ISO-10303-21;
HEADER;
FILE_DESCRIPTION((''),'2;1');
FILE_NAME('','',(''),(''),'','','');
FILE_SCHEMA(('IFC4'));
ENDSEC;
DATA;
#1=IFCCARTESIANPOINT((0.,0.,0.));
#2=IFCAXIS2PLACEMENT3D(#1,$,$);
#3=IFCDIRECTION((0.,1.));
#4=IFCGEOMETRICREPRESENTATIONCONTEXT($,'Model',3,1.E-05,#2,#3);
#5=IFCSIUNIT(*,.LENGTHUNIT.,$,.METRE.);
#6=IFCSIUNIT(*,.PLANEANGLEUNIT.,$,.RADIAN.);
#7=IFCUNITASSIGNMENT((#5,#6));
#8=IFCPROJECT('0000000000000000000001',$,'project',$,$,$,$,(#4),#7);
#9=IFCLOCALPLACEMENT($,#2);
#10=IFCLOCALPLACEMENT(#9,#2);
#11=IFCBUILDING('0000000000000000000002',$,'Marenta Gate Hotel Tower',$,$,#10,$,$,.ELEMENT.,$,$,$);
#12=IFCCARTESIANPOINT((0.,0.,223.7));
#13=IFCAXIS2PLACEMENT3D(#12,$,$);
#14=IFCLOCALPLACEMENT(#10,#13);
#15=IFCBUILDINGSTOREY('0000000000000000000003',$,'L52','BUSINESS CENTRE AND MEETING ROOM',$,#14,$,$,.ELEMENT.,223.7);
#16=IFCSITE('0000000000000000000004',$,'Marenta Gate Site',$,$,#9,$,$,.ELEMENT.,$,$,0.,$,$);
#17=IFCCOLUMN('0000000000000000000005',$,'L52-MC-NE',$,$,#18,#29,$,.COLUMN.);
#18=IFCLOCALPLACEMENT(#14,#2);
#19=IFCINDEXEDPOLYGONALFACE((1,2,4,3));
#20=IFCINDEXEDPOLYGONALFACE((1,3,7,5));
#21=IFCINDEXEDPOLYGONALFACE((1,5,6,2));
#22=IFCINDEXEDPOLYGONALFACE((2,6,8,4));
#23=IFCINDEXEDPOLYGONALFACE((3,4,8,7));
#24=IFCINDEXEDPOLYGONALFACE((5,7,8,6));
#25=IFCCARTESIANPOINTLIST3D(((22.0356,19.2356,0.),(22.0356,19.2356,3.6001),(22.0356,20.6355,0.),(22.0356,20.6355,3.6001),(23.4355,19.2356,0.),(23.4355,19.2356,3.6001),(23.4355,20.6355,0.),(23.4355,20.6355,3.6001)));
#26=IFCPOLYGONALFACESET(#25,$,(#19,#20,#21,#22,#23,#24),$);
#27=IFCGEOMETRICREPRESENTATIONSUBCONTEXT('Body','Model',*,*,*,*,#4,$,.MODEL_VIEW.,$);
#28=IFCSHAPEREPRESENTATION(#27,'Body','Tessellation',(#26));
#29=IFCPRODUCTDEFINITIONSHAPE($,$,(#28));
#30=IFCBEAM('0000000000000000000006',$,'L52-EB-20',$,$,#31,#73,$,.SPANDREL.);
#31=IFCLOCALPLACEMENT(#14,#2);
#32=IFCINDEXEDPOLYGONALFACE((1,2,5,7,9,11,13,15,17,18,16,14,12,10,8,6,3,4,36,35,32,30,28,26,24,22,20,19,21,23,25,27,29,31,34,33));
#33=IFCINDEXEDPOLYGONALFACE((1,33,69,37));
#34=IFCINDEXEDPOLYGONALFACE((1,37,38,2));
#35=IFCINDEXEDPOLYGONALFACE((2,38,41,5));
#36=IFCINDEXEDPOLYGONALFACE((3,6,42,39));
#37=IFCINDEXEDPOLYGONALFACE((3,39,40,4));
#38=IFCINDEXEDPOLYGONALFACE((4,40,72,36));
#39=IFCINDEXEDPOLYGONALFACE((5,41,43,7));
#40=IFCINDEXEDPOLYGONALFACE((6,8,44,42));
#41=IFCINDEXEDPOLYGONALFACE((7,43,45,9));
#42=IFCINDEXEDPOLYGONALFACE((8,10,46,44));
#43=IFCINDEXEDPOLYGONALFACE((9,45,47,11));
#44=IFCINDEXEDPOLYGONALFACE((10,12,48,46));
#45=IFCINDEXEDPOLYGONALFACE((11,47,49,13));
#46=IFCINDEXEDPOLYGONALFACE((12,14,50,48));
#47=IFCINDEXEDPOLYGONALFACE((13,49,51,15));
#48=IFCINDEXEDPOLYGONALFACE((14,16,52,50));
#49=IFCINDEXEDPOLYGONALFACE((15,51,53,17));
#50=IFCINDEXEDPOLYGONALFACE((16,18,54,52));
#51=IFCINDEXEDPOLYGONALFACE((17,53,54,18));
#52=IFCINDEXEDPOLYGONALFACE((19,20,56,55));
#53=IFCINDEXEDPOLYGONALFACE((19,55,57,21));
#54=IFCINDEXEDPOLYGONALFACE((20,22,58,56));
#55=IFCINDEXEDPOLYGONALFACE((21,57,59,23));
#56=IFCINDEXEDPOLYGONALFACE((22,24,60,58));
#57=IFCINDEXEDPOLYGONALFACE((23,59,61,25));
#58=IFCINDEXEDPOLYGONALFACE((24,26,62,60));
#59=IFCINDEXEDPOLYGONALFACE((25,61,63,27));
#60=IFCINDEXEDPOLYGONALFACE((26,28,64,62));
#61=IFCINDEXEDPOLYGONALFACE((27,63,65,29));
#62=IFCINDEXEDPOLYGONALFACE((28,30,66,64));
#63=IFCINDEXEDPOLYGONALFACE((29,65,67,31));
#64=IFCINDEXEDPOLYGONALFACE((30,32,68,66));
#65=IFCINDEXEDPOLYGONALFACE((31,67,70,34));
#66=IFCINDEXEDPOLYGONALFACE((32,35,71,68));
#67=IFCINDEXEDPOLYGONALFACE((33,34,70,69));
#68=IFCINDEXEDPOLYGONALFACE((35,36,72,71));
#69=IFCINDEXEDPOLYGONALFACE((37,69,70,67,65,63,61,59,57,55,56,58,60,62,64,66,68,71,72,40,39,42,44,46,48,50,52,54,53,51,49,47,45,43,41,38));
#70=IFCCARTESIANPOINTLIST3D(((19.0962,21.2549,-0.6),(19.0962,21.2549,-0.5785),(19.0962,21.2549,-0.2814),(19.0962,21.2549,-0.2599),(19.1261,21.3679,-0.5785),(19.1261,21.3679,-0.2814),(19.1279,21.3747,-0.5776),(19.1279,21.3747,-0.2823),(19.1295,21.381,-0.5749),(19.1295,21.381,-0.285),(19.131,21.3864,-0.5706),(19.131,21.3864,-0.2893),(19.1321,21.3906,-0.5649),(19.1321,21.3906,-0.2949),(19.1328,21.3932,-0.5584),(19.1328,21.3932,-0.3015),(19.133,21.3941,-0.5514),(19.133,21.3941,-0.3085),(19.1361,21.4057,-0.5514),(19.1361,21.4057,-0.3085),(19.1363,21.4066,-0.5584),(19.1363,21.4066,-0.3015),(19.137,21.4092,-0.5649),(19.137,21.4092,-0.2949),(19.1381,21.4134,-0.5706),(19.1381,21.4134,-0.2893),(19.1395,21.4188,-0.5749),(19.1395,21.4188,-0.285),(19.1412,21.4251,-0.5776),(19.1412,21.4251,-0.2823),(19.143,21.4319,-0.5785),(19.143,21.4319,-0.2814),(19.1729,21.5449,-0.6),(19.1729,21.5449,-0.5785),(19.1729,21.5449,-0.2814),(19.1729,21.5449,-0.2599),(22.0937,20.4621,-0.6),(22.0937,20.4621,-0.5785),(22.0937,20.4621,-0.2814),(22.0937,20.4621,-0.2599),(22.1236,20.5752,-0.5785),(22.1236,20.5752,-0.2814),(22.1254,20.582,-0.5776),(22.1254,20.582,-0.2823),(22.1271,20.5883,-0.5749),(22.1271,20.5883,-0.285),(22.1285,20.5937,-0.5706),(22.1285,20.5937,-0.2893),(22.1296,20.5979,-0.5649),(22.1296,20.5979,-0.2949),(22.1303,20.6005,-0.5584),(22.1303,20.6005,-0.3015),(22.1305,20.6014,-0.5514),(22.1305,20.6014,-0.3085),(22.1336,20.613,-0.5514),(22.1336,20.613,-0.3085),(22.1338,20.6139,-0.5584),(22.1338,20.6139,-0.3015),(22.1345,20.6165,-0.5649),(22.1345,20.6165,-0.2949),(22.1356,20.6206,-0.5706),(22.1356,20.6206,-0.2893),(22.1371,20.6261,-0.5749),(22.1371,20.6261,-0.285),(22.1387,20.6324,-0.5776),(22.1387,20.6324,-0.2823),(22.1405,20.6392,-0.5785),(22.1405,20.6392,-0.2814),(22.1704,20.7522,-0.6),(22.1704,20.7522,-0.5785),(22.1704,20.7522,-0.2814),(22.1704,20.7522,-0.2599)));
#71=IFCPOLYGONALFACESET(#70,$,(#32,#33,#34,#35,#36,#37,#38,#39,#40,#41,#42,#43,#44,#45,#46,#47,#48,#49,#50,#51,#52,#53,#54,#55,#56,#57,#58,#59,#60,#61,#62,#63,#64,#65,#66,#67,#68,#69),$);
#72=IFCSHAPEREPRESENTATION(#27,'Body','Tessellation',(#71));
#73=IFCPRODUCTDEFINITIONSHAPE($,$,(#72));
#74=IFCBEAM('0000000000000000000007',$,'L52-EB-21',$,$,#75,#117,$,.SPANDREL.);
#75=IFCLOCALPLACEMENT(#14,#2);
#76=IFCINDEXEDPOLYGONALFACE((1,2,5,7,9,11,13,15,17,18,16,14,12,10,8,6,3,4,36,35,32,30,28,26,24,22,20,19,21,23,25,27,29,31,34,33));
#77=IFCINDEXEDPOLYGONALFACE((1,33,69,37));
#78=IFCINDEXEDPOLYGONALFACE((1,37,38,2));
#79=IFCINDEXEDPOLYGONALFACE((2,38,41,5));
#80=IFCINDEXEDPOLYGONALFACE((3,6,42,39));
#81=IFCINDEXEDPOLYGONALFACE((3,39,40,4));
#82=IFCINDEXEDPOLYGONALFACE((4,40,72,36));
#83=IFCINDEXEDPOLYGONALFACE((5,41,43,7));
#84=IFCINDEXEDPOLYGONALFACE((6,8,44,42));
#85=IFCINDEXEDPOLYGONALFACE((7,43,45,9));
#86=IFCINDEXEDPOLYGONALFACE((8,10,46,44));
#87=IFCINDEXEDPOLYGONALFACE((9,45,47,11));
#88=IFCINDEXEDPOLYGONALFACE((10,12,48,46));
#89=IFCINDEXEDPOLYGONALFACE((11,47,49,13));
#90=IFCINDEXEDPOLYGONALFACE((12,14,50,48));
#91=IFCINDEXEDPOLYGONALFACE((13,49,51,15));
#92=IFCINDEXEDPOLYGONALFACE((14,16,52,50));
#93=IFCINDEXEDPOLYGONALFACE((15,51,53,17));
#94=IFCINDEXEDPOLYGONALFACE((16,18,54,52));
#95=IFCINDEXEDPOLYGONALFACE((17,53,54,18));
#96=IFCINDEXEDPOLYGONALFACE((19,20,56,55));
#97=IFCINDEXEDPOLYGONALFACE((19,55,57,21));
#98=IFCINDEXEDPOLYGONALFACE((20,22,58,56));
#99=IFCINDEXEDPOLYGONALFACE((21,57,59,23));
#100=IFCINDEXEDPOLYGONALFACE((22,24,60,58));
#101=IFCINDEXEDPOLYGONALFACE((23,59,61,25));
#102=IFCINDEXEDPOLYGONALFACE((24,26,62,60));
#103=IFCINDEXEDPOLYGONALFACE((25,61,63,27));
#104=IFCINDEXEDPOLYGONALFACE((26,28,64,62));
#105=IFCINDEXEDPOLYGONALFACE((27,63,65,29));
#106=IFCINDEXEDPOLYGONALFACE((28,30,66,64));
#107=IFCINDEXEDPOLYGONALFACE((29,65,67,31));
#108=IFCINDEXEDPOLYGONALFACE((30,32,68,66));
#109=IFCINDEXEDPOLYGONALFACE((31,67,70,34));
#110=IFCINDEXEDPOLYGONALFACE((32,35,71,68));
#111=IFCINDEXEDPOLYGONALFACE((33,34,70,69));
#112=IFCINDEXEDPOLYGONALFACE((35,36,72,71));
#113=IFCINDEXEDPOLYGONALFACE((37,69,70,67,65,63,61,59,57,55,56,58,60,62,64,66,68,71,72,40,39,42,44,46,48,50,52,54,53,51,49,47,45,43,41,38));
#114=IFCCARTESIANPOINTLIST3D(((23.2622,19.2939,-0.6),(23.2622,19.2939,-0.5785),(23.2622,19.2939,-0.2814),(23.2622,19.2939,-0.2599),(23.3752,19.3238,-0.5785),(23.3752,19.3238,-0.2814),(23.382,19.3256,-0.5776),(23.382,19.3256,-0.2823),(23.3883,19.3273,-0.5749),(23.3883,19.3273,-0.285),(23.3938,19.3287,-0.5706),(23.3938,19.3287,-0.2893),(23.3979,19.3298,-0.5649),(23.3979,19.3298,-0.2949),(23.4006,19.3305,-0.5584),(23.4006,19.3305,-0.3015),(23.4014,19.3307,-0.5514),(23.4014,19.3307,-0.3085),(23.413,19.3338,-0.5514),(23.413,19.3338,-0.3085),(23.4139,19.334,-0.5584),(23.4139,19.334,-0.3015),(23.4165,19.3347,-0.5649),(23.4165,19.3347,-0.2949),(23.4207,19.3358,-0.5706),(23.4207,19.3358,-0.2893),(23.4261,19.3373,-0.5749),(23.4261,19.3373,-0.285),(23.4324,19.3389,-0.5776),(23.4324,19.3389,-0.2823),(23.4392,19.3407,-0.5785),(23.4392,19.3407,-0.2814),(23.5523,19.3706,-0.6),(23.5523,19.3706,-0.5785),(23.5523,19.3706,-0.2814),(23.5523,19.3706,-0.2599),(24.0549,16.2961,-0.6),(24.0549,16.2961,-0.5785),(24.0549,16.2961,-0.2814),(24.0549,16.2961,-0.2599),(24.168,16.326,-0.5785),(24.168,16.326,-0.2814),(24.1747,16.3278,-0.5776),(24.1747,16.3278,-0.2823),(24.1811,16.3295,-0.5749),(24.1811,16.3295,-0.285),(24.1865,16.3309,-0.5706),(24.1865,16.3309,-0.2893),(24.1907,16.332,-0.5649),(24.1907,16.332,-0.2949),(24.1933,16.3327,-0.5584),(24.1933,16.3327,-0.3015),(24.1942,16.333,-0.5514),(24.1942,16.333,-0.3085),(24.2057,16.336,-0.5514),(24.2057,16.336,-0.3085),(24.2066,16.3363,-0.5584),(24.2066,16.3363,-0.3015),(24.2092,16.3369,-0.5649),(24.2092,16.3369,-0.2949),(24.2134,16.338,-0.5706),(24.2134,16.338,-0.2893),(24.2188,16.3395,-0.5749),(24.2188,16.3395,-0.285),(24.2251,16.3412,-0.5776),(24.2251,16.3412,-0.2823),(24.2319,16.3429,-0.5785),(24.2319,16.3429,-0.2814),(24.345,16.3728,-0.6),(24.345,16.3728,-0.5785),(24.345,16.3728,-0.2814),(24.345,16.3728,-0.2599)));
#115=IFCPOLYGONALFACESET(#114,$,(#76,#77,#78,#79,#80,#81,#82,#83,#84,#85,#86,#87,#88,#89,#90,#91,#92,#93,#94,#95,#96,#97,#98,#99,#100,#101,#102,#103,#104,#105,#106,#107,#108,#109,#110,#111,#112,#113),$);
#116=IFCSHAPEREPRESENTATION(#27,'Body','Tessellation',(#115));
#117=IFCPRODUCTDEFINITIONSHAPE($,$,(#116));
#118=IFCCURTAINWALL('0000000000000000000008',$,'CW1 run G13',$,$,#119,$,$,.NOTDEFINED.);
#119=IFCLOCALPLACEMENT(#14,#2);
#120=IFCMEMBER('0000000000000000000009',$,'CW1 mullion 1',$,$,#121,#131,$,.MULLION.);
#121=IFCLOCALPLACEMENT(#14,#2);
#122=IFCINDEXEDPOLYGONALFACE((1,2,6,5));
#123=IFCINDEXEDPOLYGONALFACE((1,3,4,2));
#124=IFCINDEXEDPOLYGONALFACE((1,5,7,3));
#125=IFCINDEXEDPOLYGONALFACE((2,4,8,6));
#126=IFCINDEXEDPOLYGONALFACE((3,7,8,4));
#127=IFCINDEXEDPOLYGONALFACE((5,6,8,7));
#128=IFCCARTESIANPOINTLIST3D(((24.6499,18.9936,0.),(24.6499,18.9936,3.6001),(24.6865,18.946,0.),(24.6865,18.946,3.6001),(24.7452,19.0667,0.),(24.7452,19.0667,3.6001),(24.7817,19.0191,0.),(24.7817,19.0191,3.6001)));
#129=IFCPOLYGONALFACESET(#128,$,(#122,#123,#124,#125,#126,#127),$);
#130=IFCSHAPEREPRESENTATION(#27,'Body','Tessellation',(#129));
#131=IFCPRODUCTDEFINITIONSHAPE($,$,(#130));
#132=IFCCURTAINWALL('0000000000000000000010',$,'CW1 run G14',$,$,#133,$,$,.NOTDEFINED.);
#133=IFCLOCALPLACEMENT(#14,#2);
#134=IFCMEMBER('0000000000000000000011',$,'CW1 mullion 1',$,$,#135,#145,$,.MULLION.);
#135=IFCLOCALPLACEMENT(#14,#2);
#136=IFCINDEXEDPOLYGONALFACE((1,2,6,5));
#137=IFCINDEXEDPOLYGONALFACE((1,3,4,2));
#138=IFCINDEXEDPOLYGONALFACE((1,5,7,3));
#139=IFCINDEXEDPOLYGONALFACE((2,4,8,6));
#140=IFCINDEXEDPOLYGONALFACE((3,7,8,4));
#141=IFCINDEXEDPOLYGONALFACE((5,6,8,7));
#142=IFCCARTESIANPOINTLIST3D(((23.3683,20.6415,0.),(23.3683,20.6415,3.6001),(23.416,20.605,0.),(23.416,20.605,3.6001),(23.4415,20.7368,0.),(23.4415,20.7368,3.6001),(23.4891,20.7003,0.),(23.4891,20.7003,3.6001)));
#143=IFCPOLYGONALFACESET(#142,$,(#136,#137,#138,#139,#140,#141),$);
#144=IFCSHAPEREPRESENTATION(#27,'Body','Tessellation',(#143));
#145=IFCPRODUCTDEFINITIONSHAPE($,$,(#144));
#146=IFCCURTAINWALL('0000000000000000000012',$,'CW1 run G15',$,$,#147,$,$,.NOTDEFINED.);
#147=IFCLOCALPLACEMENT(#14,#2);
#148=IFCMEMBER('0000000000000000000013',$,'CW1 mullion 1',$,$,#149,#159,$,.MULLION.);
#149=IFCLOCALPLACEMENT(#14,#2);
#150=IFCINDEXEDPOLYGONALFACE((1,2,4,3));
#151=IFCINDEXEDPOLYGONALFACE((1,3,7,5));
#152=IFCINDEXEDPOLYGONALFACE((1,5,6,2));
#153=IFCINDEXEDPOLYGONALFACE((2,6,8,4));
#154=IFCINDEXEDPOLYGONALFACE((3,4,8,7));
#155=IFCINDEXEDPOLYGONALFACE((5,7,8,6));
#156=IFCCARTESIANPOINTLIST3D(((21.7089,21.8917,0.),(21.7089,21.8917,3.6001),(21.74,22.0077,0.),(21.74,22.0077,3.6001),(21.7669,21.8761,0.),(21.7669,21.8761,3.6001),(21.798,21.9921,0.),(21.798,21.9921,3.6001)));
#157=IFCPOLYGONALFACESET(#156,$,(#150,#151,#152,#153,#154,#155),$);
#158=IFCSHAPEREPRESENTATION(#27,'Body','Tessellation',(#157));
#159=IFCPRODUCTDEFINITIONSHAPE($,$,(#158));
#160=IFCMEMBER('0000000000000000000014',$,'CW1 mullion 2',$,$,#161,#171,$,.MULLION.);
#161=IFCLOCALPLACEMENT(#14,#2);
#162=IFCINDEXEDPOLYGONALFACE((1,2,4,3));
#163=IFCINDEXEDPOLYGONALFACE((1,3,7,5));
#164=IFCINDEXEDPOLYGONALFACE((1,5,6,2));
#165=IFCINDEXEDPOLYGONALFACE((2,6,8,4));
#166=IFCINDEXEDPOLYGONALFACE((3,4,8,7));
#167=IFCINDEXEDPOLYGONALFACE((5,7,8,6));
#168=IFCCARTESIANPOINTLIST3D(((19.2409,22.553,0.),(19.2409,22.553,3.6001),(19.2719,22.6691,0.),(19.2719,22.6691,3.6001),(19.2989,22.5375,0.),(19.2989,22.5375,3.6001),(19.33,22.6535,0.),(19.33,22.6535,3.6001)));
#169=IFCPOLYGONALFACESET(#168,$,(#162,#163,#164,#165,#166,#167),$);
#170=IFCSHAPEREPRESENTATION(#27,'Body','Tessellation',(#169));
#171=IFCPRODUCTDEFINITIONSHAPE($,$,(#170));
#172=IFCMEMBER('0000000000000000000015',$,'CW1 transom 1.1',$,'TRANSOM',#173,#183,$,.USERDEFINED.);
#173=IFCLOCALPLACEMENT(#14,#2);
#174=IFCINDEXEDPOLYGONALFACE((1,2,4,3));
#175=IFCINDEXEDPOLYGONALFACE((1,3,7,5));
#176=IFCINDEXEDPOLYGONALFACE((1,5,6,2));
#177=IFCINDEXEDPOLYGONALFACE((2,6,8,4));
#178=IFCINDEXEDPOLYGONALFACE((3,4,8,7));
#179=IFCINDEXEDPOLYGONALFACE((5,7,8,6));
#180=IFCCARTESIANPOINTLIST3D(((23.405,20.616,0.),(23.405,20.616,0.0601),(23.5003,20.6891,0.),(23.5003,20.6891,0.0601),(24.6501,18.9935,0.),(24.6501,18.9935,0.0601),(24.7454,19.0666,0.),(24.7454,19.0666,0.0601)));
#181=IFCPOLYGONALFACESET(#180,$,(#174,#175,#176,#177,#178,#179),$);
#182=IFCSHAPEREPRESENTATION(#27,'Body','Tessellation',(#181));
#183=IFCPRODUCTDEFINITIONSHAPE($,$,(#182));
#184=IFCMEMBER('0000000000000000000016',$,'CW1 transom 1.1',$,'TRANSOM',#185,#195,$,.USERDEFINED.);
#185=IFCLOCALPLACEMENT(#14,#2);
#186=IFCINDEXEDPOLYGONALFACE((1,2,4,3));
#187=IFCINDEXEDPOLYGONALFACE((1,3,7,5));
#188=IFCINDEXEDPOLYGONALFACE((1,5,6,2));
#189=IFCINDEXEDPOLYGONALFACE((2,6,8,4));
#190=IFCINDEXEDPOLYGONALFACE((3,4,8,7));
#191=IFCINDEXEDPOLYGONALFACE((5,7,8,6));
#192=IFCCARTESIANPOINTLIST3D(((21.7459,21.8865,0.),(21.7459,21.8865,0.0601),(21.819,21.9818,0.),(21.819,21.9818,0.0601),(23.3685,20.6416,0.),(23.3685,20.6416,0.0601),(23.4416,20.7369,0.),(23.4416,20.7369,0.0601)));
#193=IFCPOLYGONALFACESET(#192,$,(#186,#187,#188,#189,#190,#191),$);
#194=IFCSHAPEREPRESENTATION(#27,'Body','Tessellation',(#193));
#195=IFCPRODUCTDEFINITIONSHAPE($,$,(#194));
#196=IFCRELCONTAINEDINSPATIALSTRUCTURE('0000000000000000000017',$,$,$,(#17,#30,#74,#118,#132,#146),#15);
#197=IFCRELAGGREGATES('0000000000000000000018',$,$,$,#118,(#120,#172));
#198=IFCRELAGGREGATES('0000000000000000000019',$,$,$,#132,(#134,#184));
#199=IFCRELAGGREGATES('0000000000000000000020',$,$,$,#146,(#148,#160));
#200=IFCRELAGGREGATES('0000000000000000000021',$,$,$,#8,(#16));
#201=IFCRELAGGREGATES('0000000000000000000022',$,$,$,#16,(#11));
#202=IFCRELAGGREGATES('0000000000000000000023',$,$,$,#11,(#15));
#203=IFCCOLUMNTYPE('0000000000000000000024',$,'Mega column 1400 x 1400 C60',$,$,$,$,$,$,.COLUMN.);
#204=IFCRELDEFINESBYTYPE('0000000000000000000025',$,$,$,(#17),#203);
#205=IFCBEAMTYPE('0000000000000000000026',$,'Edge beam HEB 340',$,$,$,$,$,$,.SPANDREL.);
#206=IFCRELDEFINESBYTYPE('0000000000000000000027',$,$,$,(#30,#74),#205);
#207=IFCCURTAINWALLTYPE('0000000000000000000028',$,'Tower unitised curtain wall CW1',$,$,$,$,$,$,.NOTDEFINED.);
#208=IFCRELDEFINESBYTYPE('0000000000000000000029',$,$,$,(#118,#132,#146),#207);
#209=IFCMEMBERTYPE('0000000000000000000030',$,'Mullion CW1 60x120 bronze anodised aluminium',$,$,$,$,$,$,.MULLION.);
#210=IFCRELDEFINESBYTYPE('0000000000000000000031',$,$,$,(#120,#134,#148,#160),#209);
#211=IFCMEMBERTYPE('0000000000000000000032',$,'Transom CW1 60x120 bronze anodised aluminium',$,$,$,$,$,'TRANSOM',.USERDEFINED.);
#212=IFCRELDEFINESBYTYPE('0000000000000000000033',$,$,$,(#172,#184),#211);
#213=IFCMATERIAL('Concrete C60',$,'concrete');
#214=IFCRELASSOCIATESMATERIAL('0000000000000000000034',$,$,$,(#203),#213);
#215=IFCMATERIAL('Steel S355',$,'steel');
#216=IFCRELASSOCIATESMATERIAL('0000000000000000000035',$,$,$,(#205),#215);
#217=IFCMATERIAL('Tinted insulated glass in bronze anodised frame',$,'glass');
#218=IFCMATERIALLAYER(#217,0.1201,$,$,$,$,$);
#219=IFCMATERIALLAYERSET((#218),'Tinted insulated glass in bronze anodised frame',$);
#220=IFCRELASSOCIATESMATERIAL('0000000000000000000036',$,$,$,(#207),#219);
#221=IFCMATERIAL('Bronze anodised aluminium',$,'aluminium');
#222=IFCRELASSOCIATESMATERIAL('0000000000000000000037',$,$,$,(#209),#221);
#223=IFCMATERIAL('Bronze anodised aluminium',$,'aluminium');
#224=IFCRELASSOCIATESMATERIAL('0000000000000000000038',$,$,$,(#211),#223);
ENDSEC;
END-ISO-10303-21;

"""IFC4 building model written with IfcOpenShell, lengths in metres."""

from ifc_helpers import new_model, si_unit, direction, frame, origin, origin_2d, place, context, subcontext, project, spatial, rectangle, i_section, extrude, material, layer, layer_set, material_profile, profile_set, type_object, element, aggregate, save


model = new_model("IFC4")

# Units and contexts
model_context = context("Model", 3, precision=1e-05, world=origin(), true_north=direction((0.0, 1.0)))
body_context = subcontext(model_context, "Body", "Model", "MODEL_VIEW")
ifc_project = project(units=[si_unit("LENGTHUNIT", "METRE"), si_unit("PLANEANGLEUNIT", "RADIAN")], contexts=[model_context])

# Site, building, storey
site_placement = place(None, origin())
site = spatial("IfcSite", under=ifc_project, at=site_placement, Name="Marenta Gate Site", CompositionType="ELEMENT", RefElevation=0.0)
building_placement = place(site_placement, origin())
building = spatial("IfcBuilding", under=site, at=building_placement, Name="Marenta Gate Hotel Tower", CompositionType="ELEMENT")
storey_placement = place(building_placement, frame((0.0, 0.0, 223.7)))
storey = spatial("IfcBuildingStorey", under=building, at=storey_placement, Name="L52", Description="BUSINESS CENTRE AND MEETING ROOM", CompositionType="ELEMENT", Elevation=223.7)

# Column
ifc_material_1 = material(Name="Concrete C60", Category="concrete")
ifc_material_profile_1 = material_profile(ifc_material_1, rectangle(XDim=1.3999, YDim=1.3999, at=origin_2d()), Name="1400 x 1400")
ifc_profile_set_1 = profile_set([ifc_material_profile_1], Name="Concrete C60")
column_type = type_object("IfcColumnType", Name="Mega column 1400 x 1400 C60", PredefinedType="COLUMN", material=ifc_profile_set_1)
column_placement = place(storey_placement, frame((22.7356, 19.9355, 0.0), z_axis=(0.0, 0.0, 1.0), x_axis=(1.0, 0.0, 0.0)))
element("IfcColumn", 1, at=column_placement, inside=storey, type_object=column_type, Name="L52-MC-NE", PredefinedType="COLUMN", context=body_context, shape_type="SweptSolid", body=[
    extrude(rectangle(XDim=1.3999, YDim=1.3999, at=origin_2d()), origin(), (0.0, 0.0, 1.0), 3.6001),
])

# Beams
ifc_material_2 = material(Name="Steel S355", Category="steel")
ifc_material_profile_2 = material_profile(ifc_material_2, i_section(OverallWidth=0.3, OverallDepth=0.3401, WebThickness=0.012, FlangeThickness=0.0215, FilletRadius=0.0271, at=origin_2d()), Name="HEB 340")
ifc_profile_set_2 = profile_set([ifc_material_profile_2], Name="Steel S355")
beam_type = type_object("IfcBeamType", Name="Edge beam HEB 340", PredefinedType="SPANDREL", material=ifc_profile_set_2)
beam_1_placement = place(storey_placement, frame((19.1345, 21.3999, -0.4299), z_axis=(0.966765, -0.255667, 0.0), x_axis=(0.255667, 0.966765, 0.0)))
element("IfcBeam", 2, at=beam_1_placement, inside=storey, type_object=beam_type, Name="L52-EB-20", PredefinedType="SPANDREL", context=body_context, shape_type="SweptSolid", body=[
    extrude(i_section(OverallWidth=0.3, OverallDepth=0.3401, WebThickness=0.012, FlangeThickness=0.0215, FilletRadius=0.0271, at=origin_2d()), origin(), (0.0, 0.0, 1.0), 3.1006),
])
beam_2_placement = place(storey_placement, frame((23.4072, 19.3323, -0.4299), z_axis=(0.255648, -0.96677, 0.0), x_axis=(0.96677, 0.255648, 0.0)))
element("IfcBeam", 3, at=beam_2_placement, inside=storey, type_object=beam_type, Name="L52-EB-21", PredefinedType="SPANDREL", context=body_context, shape_type="SweptSolid", body=[
    extrude(i_section(OverallWidth=0.3, OverallDepth=0.3401, WebThickness=0.012, FlangeThickness=0.0215, FilletRadius=0.0271, at=origin_2d()), origin(), (0.0, 0.0, 1.0), 3.1008),
])

# Curtain walls, members
ifc_material_3 = material(Name="Tinted insulated glass in bronze anodised frame", Category="glass")
ifc_layer_1 = layer(ifc_material_3, 0.1201)
ifc_layer_set_1 = layer_set([ifc_layer_1], Name="Tinted insulated glass in bronze anodised frame")
curtain_wall_type = type_object("IfcCurtainWallType", Name="Tower unitised curtain wall CW1", PredefinedType="NOTDEFINED", material=ifc_layer_set_1)
curtain_wall_1_placement = place(storey_placement, origin())
curtain_wall_1 = element("IfcCurtainWall", 4, at=curtain_wall_1_placement, inside=storey, type_object=curtain_wall_type, Name="CW1 run G13", PredefinedType="NOTDEFINED")
ifc_material_4 = material(Name="Bronze anodised aluminium", Category="aluminium")
ifc_material_profile_3 = material_profile(ifc_material_4, rectangle(XDim=0.1201, YDim=0.0601, at=origin_2d()), Name="Mullion CW1 60x120 bronze anodised aluminium")
ifc_profile_set_3 = profile_set([ifc_material_profile_3], Name="Bronze anodised aluminium")
member_type_1 = type_object("IfcMemberType", Name="Mullion CW1 60x120 bronze anodised aluminium", PredefinedType="MULLION", material=ifc_profile_set_3)
member_1_placement = place(storey_placement, frame((24.7158, 19.0063, 0.0), z_axis=(0.0, 0.0, 1.0), x_axis=(-0.793333, -0.608787, 0.0)))
member_1 = element("IfcMember", 5, at=member_1_placement, type_object=member_type_1, Name="CW1 mullion 1", PredefinedType="MULLION", context=body_context, shape_type="SweptSolid", body=[
    extrude(rectangle(XDim=0.1201, YDim=0.0601, at=origin_2d()), origin(), (0.0, 0.0, 1.0), 3.6001),
])
curtain_wall_2_placement = place(storey_placement, origin())
curtain_wall_2 = element("IfcCurtainWall", 6, at=curtain_wall_2_placement, inside=storey, type_object=curtain_wall_type, Name="CW1 run G14", PredefinedType="NOTDEFINED")
member_2_placement = place(storey_placement, frame((23.4287, 20.6709, 0.0), z_axis=(0.0, 0.0, 1.0), x_axis=(-0.608787, -0.793333, 0.0)))
member_2 = element("IfcMember", 7, at=member_2_placement, type_object=member_type_1, Name="CW1 mullion 1", PredefinedType="MULLION", context=body_context, shape_type="SweptSolid", body=[
    extrude(rectangle(XDim=0.1201, YDim=0.0601, at=origin_2d()), origin(), (0.0, 0.0, 1.0), 3.6001),
])

# Curtain wall, members
curtain_wall_3_placement = place(storey_placement, origin())
curtain_wall_3 = element("IfcCurtainWall", 8, at=curtain_wall_3_placement, inside=storey, type_object=curtain_wall_type, Name="CW1 run G15", PredefinedType="NOTDEFINED")
member_3_placement = place(storey_placement, frame((21.7534, 21.9419, 0.0), z_axis=(0.0, 0.0, 1.0), x_axis=(-0.258805, -0.96593, 0.0)))
member_3 = element("IfcMember", 9, at=member_3_placement, type_object=member_type_1, Name="CW1 mullion 1", PredefinedType="MULLION", context=body_context, shape_type="SweptSolid", body=[
    extrude(rectangle(XDim=0.1201, YDim=0.0601, at=origin_2d()), origin(), (0.0, 0.0, 1.0), 3.6001),
])
member_4_placement = place(storey_placement, frame((19.2854, 22.6033, 0.0), z_axis=(0.0, 0.0, 1.0), x_axis=(-0.258805, -0.96593, 0.0)))
member_4 = element("IfcMember", 10, at=member_4_placement, type_object=member_type_1, Name="CW1 mullion 2", PredefinedType="MULLION", context=body_context, shape_type="SweptSolid", body=[
    extrude(rectangle(XDim=0.1201, YDim=0.0601, at=origin_2d()), origin(), (0.0, 0.0, 1.0), 3.6001),
])

# Members
ifc_material_5 = material(Name="Bronze anodised aluminium", Category="aluminium")
ifc_material_profile_4 = material_profile(ifc_material_5, rectangle(XDim=0.1201, YDim=0.0601, at=origin_2d()), Name="Transom CW1 60x120 bronze anodised aluminium")
ifc_profile_set_4 = profile_set([ifc_material_profile_4], Name="Bronze anodised aluminium")
member_type_2 = type_object("IfcMemberType", Name="Transom CW1 60x120 bronze anodised aluminium", ElementType="TRANSOM", PredefinedType="USERDEFINED", material=ifc_profile_set_4)
member_5_placement = place(storey_placement, frame((24.6978, 19.03, 0.03), z_axis=(-0.608787, 0.793333, 0.0), x_axis=(-0.793333, -0.608787, 0.0)))
member_5 = element("IfcMember", 11, at=member_5_placement, type_object=member_type_2, Name="CW1 transom 1.1", ObjectType="TRANSOM", PredefinedType="USERDEFINED", context=body_context, shape_type="SweptSolid", body=[
    extrude(rectangle(XDim=0.1201, YDim=0.0601, at=origin_2d()), origin(), (0.0, 0.0, 1.0), 2.0452),
])
member_6_placement = place(storey_placement, frame((23.405, 20.6892, 0.03), z_axis=(-0.793391, 0.608712, 0.0), x_axis=(-0.608712, -0.793391, 0.0)))
member_6 = element("IfcMember", 12, at=member_6_placement, type_object=member_type_2, Name="CW1 transom 1.1", ObjectType="TRANSOM", PredefinedType="USERDEFINED", context=body_context, shape_type="SweptSolid", body=[
    extrude(rectangle(XDim=0.1201, YDim=0.0601, at=origin_2d()), origin(), (0.0, 0.0, 1.0), 2.0452),
])

aggregate(curtain_wall_1, [member_1, member_5])
aggregate(curtain_wall_2, [member_2, member_6])
aggregate(curtain_wall_3, [member_3, member_4])

save(model, "model.ifc")
